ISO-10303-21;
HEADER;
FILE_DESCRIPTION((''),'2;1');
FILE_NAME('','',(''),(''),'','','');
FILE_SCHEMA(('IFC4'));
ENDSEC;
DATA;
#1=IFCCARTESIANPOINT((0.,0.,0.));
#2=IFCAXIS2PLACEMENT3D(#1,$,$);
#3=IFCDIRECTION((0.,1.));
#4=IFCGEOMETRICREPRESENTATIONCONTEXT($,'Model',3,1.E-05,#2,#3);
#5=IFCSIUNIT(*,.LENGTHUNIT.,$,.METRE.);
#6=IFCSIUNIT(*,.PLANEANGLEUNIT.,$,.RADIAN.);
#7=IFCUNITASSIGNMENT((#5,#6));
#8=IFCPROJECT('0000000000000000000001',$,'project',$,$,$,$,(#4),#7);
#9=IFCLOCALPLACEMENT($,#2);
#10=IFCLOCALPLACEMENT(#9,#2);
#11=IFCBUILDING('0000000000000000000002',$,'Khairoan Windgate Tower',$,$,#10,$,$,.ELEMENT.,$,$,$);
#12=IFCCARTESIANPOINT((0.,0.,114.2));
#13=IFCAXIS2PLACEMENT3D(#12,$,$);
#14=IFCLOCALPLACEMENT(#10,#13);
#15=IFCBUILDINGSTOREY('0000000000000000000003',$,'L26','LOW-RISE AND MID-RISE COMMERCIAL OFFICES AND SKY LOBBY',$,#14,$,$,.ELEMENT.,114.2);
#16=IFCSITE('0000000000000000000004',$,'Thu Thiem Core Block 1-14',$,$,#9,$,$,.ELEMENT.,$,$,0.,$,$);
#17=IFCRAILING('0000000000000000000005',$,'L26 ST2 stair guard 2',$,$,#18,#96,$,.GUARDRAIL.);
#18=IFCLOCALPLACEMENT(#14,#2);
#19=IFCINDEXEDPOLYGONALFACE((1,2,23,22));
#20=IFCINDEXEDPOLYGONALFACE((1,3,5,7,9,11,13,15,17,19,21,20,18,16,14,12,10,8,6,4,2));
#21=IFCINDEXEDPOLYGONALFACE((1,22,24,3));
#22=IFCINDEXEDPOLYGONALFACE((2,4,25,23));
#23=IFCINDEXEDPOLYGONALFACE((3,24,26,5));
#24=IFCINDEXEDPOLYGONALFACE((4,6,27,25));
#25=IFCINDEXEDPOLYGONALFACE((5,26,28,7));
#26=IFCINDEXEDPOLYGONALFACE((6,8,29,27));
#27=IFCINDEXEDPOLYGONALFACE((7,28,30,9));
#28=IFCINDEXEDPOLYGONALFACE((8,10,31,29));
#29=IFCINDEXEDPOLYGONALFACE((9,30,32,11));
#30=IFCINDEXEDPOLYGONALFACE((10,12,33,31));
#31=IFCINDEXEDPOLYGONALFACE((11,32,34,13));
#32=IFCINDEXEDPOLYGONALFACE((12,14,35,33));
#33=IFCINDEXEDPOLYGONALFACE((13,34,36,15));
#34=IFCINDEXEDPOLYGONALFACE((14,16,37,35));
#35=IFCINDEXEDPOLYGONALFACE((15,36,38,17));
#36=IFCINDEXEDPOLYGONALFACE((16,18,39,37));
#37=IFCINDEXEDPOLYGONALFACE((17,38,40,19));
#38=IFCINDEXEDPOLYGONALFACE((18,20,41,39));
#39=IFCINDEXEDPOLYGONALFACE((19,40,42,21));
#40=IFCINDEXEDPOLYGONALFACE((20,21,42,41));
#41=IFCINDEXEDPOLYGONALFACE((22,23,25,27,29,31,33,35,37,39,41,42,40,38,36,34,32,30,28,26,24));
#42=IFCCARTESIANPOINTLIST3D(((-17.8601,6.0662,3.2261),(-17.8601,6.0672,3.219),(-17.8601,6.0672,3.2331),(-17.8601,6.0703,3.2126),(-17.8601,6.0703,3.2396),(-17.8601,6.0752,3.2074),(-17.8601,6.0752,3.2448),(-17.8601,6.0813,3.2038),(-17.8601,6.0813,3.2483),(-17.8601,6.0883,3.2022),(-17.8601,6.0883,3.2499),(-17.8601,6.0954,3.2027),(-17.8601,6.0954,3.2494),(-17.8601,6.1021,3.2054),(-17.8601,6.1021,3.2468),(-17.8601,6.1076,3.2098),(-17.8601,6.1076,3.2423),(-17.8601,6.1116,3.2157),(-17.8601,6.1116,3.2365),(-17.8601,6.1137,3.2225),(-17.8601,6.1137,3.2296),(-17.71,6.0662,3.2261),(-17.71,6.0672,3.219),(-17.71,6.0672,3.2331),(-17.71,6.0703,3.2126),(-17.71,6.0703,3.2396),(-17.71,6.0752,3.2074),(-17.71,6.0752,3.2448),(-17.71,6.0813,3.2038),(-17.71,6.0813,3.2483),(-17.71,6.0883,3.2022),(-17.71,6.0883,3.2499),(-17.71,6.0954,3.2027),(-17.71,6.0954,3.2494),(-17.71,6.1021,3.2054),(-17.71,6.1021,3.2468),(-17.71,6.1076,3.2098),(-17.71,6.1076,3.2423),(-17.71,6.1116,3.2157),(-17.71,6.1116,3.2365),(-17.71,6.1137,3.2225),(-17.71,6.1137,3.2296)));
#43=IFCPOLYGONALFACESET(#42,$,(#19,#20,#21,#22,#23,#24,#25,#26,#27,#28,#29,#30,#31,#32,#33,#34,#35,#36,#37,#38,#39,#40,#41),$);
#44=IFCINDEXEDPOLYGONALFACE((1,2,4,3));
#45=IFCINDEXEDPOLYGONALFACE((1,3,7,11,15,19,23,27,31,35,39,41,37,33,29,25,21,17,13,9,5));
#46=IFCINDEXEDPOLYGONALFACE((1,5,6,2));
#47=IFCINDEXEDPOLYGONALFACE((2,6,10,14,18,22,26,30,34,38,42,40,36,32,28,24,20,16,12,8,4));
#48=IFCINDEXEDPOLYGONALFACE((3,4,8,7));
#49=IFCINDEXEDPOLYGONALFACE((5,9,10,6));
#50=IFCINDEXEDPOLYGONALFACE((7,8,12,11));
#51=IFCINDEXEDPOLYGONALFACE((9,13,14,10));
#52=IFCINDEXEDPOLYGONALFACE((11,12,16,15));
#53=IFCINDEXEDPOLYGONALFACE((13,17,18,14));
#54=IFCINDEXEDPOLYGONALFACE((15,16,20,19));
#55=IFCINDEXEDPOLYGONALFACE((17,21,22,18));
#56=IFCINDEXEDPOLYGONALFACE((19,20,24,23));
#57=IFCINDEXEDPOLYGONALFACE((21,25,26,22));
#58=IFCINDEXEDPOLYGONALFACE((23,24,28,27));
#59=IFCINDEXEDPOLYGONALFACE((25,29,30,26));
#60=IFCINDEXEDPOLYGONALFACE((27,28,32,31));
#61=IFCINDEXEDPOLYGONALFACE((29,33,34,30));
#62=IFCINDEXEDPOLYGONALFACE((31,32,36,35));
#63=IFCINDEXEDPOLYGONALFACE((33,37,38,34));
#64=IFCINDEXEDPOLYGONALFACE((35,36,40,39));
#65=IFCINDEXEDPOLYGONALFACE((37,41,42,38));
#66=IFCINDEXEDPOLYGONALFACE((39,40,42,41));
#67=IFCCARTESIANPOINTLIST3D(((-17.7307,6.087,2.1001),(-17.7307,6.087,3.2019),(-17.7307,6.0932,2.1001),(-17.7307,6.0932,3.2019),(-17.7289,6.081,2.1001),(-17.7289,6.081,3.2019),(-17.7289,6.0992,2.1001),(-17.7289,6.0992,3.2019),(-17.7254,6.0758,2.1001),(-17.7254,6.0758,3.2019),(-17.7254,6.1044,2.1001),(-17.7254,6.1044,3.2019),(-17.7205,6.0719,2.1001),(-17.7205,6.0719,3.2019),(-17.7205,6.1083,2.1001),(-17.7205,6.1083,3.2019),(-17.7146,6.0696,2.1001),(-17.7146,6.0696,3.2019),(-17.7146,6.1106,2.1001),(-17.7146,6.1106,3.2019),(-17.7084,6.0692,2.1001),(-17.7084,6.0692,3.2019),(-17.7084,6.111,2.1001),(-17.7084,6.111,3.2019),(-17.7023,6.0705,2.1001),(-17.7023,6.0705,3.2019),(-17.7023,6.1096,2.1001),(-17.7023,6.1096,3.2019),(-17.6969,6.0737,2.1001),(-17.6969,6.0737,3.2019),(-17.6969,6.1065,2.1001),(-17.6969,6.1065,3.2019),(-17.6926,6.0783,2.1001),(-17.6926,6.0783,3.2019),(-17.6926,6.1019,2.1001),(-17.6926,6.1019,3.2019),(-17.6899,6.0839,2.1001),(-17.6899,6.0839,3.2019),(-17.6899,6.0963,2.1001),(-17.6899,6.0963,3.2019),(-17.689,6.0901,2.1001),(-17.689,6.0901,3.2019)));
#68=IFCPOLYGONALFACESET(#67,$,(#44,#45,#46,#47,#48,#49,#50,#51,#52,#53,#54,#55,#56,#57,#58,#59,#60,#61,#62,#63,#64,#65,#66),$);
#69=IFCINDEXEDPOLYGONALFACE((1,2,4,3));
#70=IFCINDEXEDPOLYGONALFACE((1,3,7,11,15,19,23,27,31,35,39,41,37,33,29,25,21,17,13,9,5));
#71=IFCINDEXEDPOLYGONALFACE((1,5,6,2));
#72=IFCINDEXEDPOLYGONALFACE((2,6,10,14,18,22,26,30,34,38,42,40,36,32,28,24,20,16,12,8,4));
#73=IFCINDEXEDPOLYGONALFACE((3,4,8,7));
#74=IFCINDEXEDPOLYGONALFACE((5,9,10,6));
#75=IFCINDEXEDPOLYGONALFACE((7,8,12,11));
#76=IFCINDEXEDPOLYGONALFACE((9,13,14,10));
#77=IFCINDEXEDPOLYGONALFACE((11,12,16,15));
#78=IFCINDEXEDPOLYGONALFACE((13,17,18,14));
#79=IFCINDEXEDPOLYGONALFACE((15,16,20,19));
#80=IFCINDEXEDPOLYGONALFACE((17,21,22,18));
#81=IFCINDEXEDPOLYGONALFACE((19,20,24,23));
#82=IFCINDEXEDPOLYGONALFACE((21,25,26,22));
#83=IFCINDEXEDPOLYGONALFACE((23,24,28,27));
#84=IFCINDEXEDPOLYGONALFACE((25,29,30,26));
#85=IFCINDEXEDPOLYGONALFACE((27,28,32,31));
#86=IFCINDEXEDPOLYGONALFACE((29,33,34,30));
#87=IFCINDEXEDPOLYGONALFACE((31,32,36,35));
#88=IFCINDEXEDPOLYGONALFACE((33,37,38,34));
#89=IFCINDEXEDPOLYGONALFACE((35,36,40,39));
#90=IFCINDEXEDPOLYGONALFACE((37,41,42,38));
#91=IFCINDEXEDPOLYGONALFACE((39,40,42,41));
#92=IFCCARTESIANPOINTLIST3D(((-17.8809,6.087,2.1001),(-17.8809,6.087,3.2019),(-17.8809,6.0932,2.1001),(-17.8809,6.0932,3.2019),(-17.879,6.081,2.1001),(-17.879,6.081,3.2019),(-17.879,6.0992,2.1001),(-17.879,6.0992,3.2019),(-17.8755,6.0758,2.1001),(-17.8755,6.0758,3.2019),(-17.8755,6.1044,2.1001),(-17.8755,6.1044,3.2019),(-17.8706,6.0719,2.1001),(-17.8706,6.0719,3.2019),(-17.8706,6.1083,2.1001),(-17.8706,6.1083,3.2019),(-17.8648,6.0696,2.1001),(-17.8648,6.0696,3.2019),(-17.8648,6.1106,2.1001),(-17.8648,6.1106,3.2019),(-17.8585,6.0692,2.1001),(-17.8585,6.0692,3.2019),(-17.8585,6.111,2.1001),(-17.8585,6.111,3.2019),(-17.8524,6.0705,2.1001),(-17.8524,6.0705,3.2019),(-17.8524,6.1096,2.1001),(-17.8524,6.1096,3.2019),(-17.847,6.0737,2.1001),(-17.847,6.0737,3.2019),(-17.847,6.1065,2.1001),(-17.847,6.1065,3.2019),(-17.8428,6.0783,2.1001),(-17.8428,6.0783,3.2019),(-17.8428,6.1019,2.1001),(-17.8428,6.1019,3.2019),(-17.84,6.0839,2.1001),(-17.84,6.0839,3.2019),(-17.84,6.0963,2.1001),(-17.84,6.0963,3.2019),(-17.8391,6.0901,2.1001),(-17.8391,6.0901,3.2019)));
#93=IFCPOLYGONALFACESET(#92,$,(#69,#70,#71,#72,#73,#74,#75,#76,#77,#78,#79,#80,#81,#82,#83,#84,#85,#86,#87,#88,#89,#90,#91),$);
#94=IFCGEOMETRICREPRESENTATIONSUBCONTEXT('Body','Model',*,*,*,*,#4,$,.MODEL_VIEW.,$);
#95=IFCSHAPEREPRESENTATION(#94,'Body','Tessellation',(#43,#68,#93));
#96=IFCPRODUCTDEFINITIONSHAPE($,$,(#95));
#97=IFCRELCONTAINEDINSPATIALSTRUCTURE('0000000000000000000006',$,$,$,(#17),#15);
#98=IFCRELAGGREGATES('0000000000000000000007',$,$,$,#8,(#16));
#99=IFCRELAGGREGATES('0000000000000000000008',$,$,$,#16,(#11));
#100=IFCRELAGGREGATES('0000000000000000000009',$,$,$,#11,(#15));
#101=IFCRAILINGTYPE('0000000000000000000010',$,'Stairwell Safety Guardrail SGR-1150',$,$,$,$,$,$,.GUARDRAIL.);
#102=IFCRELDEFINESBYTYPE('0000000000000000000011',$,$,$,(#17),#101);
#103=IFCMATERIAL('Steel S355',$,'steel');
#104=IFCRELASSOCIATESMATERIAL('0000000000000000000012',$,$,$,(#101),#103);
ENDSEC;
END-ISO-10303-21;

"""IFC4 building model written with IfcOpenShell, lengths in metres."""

from ifc_helpers import new_model, si_unit, direction, frame, origin, origin_2d, place, context, subcontext, project, spatial, circle, extrude, material, type_object, element, save


model = new_model("IFC4")

# Units and contexts
model_context = context("Model", 3, precision=1e-05, world=origin(), true_north=direction((0.0, 1.0)))
body_context = subcontext(model_context, "Body", "Model", "MODEL_VIEW")
ifc_project = project(units=[si_unit("LENGTHUNIT", "METRE"), si_unit("PLANEANGLEUNIT", "RADIAN")], contexts=[model_context])

# Site, building, storey
site_placement = place(None, origin())
site = spatial("IfcSite", under=ifc_project, at=site_placement, Name="Thu Thiem Core Block 1-14", CompositionType="ELEMENT", RefElevation=0.0)
building_placement = place(site_placement, origin())
building = spatial("IfcBuilding", under=site, at=building_placement, Name="Khairoan Windgate Tower", CompositionType="ELEMENT")
storey_placement = place(building_placement, frame((0.0, 0.0, 114.2)))
storey = spatial("IfcBuildingStorey", under=building, at=storey_placement, Name="L26", Description="LOW-RISE AND MID-RISE COMMERCIAL OFFICES AND SKY LOBBY", CompositionType="ELEMENT", Elevation=114.2)

# Railing
ifc_material_1 = material(Name="Steel S355", Category="steel")
railing_type_1 = type_object("IfcRailingType", Name="Stairwell Safety Guardrail SGR-1150", PredefinedType="GUARDRAIL", material=ifc_material_1)
railing_1_placement = place(storey_placement, frame((-17.71, 6.0901, 2.1001)))
element("IfcRailing", 1, at=railing_1_placement, inside=storey, type_object=railing_type_1, Name="L26 ST2 stair guard 2", PredefinedType="GUARDRAIL", context=body_context, shape_type="SweptSolid", body=[
    extrude(circle(Radius=0.0239, at=origin_2d()), frame((0.0, 0.0, 1.126), z_axis=(-1.0, 0.0, 0.0), x_axis=(0.0, -1.0, 0.0)), (0.0, 0.0, 1.0), 0.1501),
    extrude(circle(Radius=0.021, at=origin_2d()), origin(), (0.0, 0.0, 1.0), 1.1018),
    extrude(circle(Radius=0.021, at=origin_2d()), frame((-0.1501, 0.0, 0.0)), (0.0, 0.0, 1.0), 1.1018),
])

save(model, "model.ifc")
